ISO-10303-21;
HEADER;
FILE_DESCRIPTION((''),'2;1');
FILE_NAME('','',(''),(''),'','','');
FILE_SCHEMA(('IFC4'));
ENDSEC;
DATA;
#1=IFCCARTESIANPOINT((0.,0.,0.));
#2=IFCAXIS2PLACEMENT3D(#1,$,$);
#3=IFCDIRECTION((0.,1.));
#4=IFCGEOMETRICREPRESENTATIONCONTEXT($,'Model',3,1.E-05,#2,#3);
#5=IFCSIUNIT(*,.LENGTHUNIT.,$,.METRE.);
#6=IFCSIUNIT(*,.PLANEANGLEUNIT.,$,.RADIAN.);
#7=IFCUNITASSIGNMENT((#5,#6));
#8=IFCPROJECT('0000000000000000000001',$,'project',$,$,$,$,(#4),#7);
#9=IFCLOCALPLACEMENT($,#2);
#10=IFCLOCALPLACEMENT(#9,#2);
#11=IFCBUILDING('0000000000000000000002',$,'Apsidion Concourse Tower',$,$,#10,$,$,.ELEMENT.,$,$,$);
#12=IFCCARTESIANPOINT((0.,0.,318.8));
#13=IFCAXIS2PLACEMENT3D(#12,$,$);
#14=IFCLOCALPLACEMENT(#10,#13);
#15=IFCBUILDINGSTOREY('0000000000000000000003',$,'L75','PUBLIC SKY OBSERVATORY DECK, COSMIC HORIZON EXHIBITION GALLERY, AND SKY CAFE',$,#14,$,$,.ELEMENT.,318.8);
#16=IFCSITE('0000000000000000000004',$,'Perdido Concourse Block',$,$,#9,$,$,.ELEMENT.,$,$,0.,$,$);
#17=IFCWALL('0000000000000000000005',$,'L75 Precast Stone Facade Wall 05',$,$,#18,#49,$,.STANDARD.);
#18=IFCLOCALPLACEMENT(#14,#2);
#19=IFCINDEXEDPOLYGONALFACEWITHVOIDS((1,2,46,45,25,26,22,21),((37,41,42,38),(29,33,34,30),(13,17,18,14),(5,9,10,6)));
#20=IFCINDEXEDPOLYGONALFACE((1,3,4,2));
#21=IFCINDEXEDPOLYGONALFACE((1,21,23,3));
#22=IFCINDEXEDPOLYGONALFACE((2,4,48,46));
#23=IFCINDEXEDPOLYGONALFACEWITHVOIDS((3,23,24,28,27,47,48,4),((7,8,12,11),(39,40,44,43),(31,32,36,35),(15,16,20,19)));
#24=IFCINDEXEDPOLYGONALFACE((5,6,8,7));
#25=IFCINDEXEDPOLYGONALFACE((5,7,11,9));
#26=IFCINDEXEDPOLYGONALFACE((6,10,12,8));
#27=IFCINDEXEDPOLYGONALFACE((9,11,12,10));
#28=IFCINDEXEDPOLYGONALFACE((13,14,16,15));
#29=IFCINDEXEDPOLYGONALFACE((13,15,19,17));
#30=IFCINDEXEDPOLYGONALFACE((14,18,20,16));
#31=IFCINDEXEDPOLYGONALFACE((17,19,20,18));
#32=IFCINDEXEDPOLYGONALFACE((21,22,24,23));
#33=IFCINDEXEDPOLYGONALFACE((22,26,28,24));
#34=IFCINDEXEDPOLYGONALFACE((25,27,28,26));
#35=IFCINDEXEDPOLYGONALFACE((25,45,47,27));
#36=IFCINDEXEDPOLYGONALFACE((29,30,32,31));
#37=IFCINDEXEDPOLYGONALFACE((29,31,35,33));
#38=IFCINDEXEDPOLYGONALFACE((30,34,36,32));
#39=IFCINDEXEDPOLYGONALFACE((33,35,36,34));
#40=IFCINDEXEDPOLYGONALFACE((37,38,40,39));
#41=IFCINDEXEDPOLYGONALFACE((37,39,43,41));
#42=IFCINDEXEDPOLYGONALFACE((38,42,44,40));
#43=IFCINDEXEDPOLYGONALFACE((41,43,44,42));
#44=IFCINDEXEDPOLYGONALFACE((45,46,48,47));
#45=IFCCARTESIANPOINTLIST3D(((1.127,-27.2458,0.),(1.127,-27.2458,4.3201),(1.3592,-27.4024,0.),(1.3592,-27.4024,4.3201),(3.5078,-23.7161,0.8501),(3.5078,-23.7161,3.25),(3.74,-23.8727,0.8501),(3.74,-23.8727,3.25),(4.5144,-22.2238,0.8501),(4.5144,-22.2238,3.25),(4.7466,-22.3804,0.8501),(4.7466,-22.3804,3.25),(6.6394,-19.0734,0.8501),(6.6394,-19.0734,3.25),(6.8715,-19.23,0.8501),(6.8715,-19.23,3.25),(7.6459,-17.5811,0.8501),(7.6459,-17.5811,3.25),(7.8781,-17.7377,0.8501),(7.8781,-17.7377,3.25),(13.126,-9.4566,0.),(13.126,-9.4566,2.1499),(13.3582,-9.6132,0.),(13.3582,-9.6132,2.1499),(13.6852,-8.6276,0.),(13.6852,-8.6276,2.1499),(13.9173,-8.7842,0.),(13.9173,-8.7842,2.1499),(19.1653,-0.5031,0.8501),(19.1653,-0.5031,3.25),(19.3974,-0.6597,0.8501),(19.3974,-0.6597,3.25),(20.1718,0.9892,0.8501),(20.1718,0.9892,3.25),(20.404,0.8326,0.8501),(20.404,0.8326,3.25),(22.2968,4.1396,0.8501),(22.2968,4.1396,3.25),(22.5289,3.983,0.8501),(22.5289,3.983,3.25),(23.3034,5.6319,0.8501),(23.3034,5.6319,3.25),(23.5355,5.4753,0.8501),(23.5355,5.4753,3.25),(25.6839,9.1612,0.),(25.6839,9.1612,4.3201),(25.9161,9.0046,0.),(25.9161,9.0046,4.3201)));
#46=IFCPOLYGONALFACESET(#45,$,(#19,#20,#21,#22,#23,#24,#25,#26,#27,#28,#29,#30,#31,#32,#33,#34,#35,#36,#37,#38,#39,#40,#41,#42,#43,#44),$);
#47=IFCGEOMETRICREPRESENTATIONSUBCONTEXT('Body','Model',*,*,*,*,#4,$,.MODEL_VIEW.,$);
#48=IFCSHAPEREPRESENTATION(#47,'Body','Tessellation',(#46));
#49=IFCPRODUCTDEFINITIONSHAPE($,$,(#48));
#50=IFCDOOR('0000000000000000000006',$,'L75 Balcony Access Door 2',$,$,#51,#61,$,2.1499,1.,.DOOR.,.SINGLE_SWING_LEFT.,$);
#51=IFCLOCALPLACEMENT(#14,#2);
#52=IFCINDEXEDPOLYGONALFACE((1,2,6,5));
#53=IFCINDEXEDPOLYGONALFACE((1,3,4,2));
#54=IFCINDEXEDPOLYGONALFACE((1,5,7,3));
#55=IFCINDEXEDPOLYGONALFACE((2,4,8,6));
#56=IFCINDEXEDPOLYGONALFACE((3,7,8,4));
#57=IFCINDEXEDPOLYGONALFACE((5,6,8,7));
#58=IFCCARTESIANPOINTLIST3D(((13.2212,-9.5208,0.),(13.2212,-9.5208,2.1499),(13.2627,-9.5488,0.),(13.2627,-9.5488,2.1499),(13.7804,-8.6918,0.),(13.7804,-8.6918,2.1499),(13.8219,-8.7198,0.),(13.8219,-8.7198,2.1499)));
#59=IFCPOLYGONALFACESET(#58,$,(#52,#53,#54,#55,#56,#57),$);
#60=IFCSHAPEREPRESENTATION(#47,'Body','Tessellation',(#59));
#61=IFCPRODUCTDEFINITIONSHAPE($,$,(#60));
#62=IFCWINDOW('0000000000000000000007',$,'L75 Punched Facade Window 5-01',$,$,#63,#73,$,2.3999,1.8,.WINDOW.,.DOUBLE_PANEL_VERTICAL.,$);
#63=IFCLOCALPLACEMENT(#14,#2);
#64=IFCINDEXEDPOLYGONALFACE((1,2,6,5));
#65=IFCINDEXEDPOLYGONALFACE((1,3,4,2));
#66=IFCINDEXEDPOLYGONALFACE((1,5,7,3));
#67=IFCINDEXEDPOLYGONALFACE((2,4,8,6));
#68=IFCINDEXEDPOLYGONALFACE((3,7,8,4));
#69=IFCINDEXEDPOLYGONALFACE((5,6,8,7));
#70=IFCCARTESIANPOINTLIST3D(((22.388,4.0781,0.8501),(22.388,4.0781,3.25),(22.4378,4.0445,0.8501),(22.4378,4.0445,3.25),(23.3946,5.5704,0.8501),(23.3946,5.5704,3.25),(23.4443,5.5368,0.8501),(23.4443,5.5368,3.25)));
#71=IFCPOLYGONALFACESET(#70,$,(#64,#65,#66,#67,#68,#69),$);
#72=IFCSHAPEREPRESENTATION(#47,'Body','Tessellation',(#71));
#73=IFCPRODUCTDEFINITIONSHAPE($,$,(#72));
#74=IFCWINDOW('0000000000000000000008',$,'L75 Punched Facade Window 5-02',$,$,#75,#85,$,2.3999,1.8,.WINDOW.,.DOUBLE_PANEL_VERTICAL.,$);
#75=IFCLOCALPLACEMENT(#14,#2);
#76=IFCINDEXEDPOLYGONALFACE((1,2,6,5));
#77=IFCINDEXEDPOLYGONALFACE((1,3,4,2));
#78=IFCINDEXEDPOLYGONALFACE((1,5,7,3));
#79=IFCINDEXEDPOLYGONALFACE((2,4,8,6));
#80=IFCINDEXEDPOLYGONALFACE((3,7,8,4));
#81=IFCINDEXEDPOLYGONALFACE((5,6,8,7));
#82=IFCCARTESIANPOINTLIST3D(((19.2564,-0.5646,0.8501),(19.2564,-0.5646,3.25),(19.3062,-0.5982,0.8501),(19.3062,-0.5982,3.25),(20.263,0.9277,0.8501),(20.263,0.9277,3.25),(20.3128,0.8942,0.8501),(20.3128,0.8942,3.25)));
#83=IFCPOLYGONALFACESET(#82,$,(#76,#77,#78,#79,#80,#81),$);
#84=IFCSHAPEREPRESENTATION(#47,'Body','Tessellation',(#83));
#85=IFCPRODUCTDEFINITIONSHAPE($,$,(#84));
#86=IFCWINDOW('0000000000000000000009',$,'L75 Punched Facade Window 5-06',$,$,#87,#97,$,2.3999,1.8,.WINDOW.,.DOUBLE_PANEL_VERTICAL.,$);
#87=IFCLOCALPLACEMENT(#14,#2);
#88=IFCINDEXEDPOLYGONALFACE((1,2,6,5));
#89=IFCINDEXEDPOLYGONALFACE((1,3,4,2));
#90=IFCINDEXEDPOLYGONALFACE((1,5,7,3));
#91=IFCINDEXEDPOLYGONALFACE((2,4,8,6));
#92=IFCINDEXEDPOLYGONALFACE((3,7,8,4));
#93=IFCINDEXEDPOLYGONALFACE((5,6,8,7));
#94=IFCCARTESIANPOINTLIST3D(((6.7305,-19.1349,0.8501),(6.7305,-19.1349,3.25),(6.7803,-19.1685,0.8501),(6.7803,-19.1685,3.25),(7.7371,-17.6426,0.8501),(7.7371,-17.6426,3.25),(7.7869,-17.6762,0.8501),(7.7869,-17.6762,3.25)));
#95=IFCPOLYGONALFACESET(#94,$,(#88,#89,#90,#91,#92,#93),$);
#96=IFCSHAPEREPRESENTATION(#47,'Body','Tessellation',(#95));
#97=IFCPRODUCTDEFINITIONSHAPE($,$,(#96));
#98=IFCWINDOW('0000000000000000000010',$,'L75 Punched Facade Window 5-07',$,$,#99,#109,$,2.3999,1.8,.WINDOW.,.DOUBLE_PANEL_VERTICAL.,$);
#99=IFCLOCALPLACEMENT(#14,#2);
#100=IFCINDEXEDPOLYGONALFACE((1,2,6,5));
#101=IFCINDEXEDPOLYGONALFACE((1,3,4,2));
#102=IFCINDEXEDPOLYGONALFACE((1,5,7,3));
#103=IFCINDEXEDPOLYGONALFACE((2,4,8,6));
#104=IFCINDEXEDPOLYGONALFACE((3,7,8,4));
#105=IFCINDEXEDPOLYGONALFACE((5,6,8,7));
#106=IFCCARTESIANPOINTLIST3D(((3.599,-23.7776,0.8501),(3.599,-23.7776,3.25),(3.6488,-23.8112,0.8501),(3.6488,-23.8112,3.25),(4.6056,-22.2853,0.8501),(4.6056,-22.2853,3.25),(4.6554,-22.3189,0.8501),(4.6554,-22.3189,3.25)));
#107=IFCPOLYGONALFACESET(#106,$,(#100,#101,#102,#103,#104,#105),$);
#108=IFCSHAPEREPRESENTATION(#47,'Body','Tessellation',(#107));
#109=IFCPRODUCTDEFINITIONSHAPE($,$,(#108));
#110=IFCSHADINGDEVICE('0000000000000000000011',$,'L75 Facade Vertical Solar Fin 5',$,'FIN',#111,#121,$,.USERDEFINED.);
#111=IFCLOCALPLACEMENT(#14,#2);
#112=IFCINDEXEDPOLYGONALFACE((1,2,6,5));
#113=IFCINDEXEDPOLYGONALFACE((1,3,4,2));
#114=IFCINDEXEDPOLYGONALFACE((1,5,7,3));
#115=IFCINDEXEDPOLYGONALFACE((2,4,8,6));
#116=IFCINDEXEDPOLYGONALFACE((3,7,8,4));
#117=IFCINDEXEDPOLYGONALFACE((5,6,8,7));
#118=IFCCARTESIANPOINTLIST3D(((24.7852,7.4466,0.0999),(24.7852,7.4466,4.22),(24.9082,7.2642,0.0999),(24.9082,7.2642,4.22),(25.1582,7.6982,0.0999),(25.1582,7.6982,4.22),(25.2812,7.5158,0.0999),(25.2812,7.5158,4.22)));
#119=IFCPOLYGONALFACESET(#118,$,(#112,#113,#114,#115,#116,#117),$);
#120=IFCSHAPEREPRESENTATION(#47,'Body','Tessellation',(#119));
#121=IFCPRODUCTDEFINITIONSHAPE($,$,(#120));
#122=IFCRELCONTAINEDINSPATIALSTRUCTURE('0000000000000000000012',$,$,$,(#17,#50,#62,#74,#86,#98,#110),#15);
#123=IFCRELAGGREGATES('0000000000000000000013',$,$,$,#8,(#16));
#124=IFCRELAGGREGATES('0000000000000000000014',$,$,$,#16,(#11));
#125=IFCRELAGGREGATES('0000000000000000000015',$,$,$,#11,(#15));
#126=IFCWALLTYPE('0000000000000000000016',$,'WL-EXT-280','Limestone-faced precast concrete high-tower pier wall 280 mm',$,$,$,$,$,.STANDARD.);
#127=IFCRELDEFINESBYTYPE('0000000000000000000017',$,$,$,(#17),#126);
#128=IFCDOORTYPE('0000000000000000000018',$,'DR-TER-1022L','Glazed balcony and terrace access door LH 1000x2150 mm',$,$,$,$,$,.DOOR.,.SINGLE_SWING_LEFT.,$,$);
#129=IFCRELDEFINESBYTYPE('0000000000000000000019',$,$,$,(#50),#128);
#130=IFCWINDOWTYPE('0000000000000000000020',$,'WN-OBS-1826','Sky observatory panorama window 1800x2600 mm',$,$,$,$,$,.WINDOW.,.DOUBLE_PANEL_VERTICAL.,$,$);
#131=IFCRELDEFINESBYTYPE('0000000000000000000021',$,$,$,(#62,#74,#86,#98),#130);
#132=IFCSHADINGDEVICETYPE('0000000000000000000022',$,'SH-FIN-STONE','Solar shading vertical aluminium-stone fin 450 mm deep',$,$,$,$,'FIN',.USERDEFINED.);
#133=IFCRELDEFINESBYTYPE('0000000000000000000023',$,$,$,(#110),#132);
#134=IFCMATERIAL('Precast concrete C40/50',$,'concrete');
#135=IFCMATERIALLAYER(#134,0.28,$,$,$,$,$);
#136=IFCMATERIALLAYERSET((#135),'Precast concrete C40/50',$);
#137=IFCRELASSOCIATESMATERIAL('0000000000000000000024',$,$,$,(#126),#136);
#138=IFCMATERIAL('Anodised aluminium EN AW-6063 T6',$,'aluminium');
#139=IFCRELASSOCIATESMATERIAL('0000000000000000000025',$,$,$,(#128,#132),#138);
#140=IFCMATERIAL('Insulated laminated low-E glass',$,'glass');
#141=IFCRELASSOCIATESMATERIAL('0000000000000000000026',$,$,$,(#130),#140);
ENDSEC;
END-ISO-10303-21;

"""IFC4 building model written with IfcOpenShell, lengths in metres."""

from ifc_helpers import new_model, si_unit, direction, frame, frame_2d, origin, origin_2d, place, context, subcontext, project, spatial, rectangle, extrude, material, layer, layer_set, type_object, element, fill, save


model = new_model("IFC4")

# Units and contexts
model_context = context("Model", 3, precision=1e-05, world=origin(), true_north=direction((0.0, 1.0)))
body_context = subcontext(model_context, "Body", "Model", "MODEL_VIEW")
ifc_project = project(units=[si_unit("LENGTHUNIT", "METRE"), si_unit("PLANEANGLEUNIT", "RADIAN")], contexts=[model_context])

# Site, building, storey
site_placement = place(None, origin())
site = spatial("IfcSite", under=ifc_project, at=site_placement, Name="Perdido Concourse Block", CompositionType="ELEMENT", RefElevation=0.0)
building_placement = place(site_placement, origin())
building = spatial("IfcBuilding", under=site, at=building_placement, Name="Apsidion Concourse Tower", CompositionType="ELEMENT")
storey_placement = place(building_placement, frame((0.0, 0.0, 318.8)))
storey = spatial("IfcBuildingStorey", under=building, at=storey_placement, Name="L75", Description="PUBLIC SKY OBSERVATORY DECK, COSMIC HORIZON EXHIBITION GALLERY, AND SKY CAFE", CompositionType="ELEMENT", Elevation=318.8)

# Shared definitions
ifc_material_1 = material(Name="Precast concrete C40/50", Category="concrete")
ifc_layer = layer(ifc_material_1, 0.28)
ifc_layer_set = layer_set([ifc_layer], Name="Precast concrete C40/50")
wall_type = type_object("IfcWallType", Name="WL-EXT-280", Description="Limestone-faced precast concrete high-tower pier wall 280 mm", PredefinedType="STANDARD", material=ifc_layer_set)

# Wall, openings, door, windows
wall_1_placement = place(storey_placement, frame((25.8, 9.083, 0.0), z_axis=(0.0, 0.0, 1.0), x_axis=(-0.559194, -0.829037, 0.0)))
wall_1 = element("IfcWall", 1, at=wall_1_placement, inside=storey, type_object=wall_type, Name="L75 Precast Stone Facade Wall 05", PredefinedType="STANDARD", context=body_context, shape_type="SweptSolid", body=[
    extrude(rectangle(XDim=43.9148, YDim=0.28, at=frame_2d((21.9575, 0.0))), origin(), (0.0, 0.0, 1.0), 4.3201),
])
opening_1_placement = place(wall_1_placement, frame((21.4573, 0.0, 0.0)))
opening_1 = element("IfcOpeningElement", 2, at=opening_1_placement, cuts=wall_1, PredefinedType="OPENING", context=body_context, shape_type="SweptSolid", body=[
    extrude(rectangle(XDim=1.0, YDim=2.1499, at=frame_2d((0.5, 1.075))), frame((0.0, 0.1499, 0.0), z_axis=(0.0, -1.0, 0.0), x_axis=(1.0, 0.0, 0.0)), (0.0, 0.0, 1.0), 0.3),
])
opening_2_placement = place(wall_1_placement, frame((4.2573, 0.0, 0.8501)))
opening_2 = element("IfcOpeningElement", 3, at=opening_2_placement, cuts=wall_1, PredefinedType="OPENING", context=body_context, shape_type="SweptSolid", body=[
    extrude(rectangle(XDim=1.8, YDim=2.3999, at=frame_2d((0.8999, 1.2))), frame((0.0, 0.1499, 0.0), z_axis=(0.0, -1.0, 0.0), x_axis=(1.0, 0.0, 0.0)), (0.0, 0.0, 1.0), 0.3),
])
opening_3_placement = place(wall_1_placement, frame((9.8574, 0.0, 0.8501)))
opening_3 = element("IfcOpeningElement", 4, at=opening_3_placement, cuts=wall_1, PredefinedType="OPENING", context=body_context, shape_type="SweptSolid", body=[
    extrude(rectangle(XDim=1.8, YDim=2.3999, at=frame_2d((0.8999, 1.2))), frame((0.0, 0.1499, 0.0), z_axis=(0.0, -1.0, 0.0), x_axis=(1.0, 0.0, 0.0)), (0.0, 0.0, 1.0), 0.3),
])
opening_4_placement = place(wall_1_placement, frame((32.2573, 0.0, 0.8501)))
opening_4 = element("IfcOpeningElement", 5, at=opening_4_placement, cuts=wall_1, PredefinedType="OPENING", context=body_context, shape_type="SweptSolid", body=[
    extrude(rectangle(XDim=1.8, YDim=2.3999, at=frame_2d((0.8999, 1.2))), frame((0.0, 0.1499, 0.0), z_axis=(0.0, -1.0, 0.0), x_axis=(1.0, 0.0, 0.0)), (0.0, 0.0, 1.0), 0.3),
])
opening_5_placement = place(wall_1_placement, frame((37.8574, 0.0, 0.8501)))
opening_5 = element("IfcOpeningElement", 6, at=opening_5_placement, cuts=wall_1, PredefinedType="OPENING", context=body_context, shape_type="SweptSolid", body=[
    extrude(rectangle(XDim=1.8, YDim=2.3999, at=frame_2d((0.8999, 1.2))), frame((0.0, 0.1499, 0.0), z_axis=(0.0, -1.0, 0.0), x_axis=(1.0, 0.0, 0.0)), (0.0, 0.0, 1.0), 0.3),
])
ifc_material_2 = material(Name="Anodised aluminium EN AW-6063 T6", Category="aluminium")
door_type = type_object("IfcDoorType", Name="DR-TER-1022L", Description="Glazed balcony and terrace access door LH 1000x2150 mm", OperationType="SINGLE_SWING_LEFT", PredefinedType="DOOR", material=ifc_material_2)
door_placement = place(opening_1_placement, origin())
door = element("IfcDoor", 7, at=door_placement, inside=storey, type_object=door_type, Name="L75 Balcony Access Door 2", OperationType="SINGLE_SWING_LEFT", OverallHeight=2.1499, OverallWidth=1.0, PredefinedType="DOOR", context=body_context, shape_type="SweptSolid", body=[
    extrude(rectangle(XDim=1.0, YDim=2.1499, at=frame_2d((0.5, 1.075))), frame((0.0, 0.0249, 0.0), z_axis=(0.0, -1.0, 0.0), x_axis=(1.0, 0.0, 0.0)), (0.0, 0.0, 1.0), 0.05),
])
fill(opening_1, door)
ifc_material_3 = material(Name="Insulated laminated low-E glass", Category="glass")
window_type = type_object("IfcWindowType", Name="WN-OBS-1826", Description="Sky observatory panorama window 1800x2600 mm", PartitioningType="DOUBLE_PANEL_VERTICAL", PredefinedType="WINDOW", material=ifc_material_3)
window_1_placement = place(opening_2_placement, origin())
window_1 = element("IfcWindow", 8, at=window_1_placement, inside=storey, type_object=window_type, Name="L75 Punched Facade Window 5-01", OverallHeight=2.3999, OverallWidth=1.8, PartitioningType="DOUBLE_PANEL_VERTICAL", PredefinedType="WINDOW", context=body_context, shape_type="SweptSolid", body=[
    extrude(rectangle(XDim=1.8, YDim=2.3999, at=frame_2d((0.8999, 1.2))), frame((0.0, 0.03, 0.0), z_axis=(0.0, -1.0, 0.0), x_axis=(1.0, 0.0, 0.0)), (0.0, 0.0, 1.0), 0.0601),
])
fill(opening_2, window_1)
window_2_placement = place(opening_3_placement, origin())
window_2 = element("IfcWindow", 9, at=window_2_placement, inside=storey, type_object=window_type, Name="L75 Punched Facade Window 5-02", OverallHeight=2.3999, OverallWidth=1.8, PartitioningType="DOUBLE_PANEL_VERTICAL", PredefinedType="WINDOW", context=body_context, shape_type="SweptSolid", body=[
    extrude(rectangle(XDim=1.8, YDim=2.3999, at=frame_2d((0.8999, 1.2))), frame((0.0, 0.03, 0.0), z_axis=(0.0, -1.0, 0.0), x_axis=(1.0, 0.0, 0.0)), (0.0, 0.0, 1.0), 0.0601),
])
fill(opening_3, window_2)
window_3_placement = place(opening_4_placement, origin())
window_3 = element("IfcWindow", 10, at=window_3_placement, inside=storey, type_object=window_type, Name="L75 Punched Facade Window 5-06", OverallHeight=2.3999, OverallWidth=1.8, PartitioningType="DOUBLE_PANEL_VERTICAL", PredefinedType="WINDOW", context=body_context, shape_type="SweptSolid", body=[
    extrude(rectangle(XDim=1.8, YDim=2.3999, at=frame_2d((0.8999, 1.2))), frame((0.0, 0.03, 0.0), z_axis=(0.0, -1.0, 0.0), x_axis=(1.0, 0.0, 0.0)), (0.0, 0.0, 1.0), 0.0601),
])
fill(opening_4, window_3)
window_4_placement = place(opening_5_placement, origin())
window_4 = element("IfcWindow", 11, at=window_4_placement, inside=storey, type_object=window_type, Name="L75 Punched Facade Window 5-07", OverallHeight=2.3999, OverallWidth=1.8, PartitioningType="DOUBLE_PANEL_VERTICAL", PredefinedType="WINDOW", context=body_context, shape_type="SweptSolid", body=[
    extrude(rectangle(XDim=1.8, YDim=2.3999, at=frame_2d((0.8999, 1.2))), frame((0.0, 0.03, 0.0), z_axis=(0.0, -1.0, 0.0), x_axis=(1.0, 0.0, 0.0)), (0.0, 0.0, 1.0), 0.0601),
])
fill(opening_5, window_4)

# Shading device
shading_device_type = type_object("IfcShadingDeviceType", Name="SH-FIN-STONE", Description="Solar shading vertical aluminium-stone fin 450 mm deep", ElementType="FIN", PredefinedType="USERDEFINED", material=ifc_material_2)
shading_device_placement = place(storey_placement, frame((25.0332, 7.4812, 0.0999), z_axis=(0.0, 0.0, 1.0), x_axis=(-0.559193, 0.829038, 0.0)))
element("IfcShadingDevice", 12, at=shading_device_placement, inside=storey, type_object=shading_device_type, Name="L75 Facade Vertical Solar Fin 5", ObjectType="FIN", PredefinedType="USERDEFINED", context=body_context, shape_type="SweptSolid", body=[
    extrude(rectangle(XDim=0.22, YDim=0.45, at=origin_2d()), origin(), (0.0, 0.0, 1.0), 4.1201),
])

save(model, "model.ifc")
